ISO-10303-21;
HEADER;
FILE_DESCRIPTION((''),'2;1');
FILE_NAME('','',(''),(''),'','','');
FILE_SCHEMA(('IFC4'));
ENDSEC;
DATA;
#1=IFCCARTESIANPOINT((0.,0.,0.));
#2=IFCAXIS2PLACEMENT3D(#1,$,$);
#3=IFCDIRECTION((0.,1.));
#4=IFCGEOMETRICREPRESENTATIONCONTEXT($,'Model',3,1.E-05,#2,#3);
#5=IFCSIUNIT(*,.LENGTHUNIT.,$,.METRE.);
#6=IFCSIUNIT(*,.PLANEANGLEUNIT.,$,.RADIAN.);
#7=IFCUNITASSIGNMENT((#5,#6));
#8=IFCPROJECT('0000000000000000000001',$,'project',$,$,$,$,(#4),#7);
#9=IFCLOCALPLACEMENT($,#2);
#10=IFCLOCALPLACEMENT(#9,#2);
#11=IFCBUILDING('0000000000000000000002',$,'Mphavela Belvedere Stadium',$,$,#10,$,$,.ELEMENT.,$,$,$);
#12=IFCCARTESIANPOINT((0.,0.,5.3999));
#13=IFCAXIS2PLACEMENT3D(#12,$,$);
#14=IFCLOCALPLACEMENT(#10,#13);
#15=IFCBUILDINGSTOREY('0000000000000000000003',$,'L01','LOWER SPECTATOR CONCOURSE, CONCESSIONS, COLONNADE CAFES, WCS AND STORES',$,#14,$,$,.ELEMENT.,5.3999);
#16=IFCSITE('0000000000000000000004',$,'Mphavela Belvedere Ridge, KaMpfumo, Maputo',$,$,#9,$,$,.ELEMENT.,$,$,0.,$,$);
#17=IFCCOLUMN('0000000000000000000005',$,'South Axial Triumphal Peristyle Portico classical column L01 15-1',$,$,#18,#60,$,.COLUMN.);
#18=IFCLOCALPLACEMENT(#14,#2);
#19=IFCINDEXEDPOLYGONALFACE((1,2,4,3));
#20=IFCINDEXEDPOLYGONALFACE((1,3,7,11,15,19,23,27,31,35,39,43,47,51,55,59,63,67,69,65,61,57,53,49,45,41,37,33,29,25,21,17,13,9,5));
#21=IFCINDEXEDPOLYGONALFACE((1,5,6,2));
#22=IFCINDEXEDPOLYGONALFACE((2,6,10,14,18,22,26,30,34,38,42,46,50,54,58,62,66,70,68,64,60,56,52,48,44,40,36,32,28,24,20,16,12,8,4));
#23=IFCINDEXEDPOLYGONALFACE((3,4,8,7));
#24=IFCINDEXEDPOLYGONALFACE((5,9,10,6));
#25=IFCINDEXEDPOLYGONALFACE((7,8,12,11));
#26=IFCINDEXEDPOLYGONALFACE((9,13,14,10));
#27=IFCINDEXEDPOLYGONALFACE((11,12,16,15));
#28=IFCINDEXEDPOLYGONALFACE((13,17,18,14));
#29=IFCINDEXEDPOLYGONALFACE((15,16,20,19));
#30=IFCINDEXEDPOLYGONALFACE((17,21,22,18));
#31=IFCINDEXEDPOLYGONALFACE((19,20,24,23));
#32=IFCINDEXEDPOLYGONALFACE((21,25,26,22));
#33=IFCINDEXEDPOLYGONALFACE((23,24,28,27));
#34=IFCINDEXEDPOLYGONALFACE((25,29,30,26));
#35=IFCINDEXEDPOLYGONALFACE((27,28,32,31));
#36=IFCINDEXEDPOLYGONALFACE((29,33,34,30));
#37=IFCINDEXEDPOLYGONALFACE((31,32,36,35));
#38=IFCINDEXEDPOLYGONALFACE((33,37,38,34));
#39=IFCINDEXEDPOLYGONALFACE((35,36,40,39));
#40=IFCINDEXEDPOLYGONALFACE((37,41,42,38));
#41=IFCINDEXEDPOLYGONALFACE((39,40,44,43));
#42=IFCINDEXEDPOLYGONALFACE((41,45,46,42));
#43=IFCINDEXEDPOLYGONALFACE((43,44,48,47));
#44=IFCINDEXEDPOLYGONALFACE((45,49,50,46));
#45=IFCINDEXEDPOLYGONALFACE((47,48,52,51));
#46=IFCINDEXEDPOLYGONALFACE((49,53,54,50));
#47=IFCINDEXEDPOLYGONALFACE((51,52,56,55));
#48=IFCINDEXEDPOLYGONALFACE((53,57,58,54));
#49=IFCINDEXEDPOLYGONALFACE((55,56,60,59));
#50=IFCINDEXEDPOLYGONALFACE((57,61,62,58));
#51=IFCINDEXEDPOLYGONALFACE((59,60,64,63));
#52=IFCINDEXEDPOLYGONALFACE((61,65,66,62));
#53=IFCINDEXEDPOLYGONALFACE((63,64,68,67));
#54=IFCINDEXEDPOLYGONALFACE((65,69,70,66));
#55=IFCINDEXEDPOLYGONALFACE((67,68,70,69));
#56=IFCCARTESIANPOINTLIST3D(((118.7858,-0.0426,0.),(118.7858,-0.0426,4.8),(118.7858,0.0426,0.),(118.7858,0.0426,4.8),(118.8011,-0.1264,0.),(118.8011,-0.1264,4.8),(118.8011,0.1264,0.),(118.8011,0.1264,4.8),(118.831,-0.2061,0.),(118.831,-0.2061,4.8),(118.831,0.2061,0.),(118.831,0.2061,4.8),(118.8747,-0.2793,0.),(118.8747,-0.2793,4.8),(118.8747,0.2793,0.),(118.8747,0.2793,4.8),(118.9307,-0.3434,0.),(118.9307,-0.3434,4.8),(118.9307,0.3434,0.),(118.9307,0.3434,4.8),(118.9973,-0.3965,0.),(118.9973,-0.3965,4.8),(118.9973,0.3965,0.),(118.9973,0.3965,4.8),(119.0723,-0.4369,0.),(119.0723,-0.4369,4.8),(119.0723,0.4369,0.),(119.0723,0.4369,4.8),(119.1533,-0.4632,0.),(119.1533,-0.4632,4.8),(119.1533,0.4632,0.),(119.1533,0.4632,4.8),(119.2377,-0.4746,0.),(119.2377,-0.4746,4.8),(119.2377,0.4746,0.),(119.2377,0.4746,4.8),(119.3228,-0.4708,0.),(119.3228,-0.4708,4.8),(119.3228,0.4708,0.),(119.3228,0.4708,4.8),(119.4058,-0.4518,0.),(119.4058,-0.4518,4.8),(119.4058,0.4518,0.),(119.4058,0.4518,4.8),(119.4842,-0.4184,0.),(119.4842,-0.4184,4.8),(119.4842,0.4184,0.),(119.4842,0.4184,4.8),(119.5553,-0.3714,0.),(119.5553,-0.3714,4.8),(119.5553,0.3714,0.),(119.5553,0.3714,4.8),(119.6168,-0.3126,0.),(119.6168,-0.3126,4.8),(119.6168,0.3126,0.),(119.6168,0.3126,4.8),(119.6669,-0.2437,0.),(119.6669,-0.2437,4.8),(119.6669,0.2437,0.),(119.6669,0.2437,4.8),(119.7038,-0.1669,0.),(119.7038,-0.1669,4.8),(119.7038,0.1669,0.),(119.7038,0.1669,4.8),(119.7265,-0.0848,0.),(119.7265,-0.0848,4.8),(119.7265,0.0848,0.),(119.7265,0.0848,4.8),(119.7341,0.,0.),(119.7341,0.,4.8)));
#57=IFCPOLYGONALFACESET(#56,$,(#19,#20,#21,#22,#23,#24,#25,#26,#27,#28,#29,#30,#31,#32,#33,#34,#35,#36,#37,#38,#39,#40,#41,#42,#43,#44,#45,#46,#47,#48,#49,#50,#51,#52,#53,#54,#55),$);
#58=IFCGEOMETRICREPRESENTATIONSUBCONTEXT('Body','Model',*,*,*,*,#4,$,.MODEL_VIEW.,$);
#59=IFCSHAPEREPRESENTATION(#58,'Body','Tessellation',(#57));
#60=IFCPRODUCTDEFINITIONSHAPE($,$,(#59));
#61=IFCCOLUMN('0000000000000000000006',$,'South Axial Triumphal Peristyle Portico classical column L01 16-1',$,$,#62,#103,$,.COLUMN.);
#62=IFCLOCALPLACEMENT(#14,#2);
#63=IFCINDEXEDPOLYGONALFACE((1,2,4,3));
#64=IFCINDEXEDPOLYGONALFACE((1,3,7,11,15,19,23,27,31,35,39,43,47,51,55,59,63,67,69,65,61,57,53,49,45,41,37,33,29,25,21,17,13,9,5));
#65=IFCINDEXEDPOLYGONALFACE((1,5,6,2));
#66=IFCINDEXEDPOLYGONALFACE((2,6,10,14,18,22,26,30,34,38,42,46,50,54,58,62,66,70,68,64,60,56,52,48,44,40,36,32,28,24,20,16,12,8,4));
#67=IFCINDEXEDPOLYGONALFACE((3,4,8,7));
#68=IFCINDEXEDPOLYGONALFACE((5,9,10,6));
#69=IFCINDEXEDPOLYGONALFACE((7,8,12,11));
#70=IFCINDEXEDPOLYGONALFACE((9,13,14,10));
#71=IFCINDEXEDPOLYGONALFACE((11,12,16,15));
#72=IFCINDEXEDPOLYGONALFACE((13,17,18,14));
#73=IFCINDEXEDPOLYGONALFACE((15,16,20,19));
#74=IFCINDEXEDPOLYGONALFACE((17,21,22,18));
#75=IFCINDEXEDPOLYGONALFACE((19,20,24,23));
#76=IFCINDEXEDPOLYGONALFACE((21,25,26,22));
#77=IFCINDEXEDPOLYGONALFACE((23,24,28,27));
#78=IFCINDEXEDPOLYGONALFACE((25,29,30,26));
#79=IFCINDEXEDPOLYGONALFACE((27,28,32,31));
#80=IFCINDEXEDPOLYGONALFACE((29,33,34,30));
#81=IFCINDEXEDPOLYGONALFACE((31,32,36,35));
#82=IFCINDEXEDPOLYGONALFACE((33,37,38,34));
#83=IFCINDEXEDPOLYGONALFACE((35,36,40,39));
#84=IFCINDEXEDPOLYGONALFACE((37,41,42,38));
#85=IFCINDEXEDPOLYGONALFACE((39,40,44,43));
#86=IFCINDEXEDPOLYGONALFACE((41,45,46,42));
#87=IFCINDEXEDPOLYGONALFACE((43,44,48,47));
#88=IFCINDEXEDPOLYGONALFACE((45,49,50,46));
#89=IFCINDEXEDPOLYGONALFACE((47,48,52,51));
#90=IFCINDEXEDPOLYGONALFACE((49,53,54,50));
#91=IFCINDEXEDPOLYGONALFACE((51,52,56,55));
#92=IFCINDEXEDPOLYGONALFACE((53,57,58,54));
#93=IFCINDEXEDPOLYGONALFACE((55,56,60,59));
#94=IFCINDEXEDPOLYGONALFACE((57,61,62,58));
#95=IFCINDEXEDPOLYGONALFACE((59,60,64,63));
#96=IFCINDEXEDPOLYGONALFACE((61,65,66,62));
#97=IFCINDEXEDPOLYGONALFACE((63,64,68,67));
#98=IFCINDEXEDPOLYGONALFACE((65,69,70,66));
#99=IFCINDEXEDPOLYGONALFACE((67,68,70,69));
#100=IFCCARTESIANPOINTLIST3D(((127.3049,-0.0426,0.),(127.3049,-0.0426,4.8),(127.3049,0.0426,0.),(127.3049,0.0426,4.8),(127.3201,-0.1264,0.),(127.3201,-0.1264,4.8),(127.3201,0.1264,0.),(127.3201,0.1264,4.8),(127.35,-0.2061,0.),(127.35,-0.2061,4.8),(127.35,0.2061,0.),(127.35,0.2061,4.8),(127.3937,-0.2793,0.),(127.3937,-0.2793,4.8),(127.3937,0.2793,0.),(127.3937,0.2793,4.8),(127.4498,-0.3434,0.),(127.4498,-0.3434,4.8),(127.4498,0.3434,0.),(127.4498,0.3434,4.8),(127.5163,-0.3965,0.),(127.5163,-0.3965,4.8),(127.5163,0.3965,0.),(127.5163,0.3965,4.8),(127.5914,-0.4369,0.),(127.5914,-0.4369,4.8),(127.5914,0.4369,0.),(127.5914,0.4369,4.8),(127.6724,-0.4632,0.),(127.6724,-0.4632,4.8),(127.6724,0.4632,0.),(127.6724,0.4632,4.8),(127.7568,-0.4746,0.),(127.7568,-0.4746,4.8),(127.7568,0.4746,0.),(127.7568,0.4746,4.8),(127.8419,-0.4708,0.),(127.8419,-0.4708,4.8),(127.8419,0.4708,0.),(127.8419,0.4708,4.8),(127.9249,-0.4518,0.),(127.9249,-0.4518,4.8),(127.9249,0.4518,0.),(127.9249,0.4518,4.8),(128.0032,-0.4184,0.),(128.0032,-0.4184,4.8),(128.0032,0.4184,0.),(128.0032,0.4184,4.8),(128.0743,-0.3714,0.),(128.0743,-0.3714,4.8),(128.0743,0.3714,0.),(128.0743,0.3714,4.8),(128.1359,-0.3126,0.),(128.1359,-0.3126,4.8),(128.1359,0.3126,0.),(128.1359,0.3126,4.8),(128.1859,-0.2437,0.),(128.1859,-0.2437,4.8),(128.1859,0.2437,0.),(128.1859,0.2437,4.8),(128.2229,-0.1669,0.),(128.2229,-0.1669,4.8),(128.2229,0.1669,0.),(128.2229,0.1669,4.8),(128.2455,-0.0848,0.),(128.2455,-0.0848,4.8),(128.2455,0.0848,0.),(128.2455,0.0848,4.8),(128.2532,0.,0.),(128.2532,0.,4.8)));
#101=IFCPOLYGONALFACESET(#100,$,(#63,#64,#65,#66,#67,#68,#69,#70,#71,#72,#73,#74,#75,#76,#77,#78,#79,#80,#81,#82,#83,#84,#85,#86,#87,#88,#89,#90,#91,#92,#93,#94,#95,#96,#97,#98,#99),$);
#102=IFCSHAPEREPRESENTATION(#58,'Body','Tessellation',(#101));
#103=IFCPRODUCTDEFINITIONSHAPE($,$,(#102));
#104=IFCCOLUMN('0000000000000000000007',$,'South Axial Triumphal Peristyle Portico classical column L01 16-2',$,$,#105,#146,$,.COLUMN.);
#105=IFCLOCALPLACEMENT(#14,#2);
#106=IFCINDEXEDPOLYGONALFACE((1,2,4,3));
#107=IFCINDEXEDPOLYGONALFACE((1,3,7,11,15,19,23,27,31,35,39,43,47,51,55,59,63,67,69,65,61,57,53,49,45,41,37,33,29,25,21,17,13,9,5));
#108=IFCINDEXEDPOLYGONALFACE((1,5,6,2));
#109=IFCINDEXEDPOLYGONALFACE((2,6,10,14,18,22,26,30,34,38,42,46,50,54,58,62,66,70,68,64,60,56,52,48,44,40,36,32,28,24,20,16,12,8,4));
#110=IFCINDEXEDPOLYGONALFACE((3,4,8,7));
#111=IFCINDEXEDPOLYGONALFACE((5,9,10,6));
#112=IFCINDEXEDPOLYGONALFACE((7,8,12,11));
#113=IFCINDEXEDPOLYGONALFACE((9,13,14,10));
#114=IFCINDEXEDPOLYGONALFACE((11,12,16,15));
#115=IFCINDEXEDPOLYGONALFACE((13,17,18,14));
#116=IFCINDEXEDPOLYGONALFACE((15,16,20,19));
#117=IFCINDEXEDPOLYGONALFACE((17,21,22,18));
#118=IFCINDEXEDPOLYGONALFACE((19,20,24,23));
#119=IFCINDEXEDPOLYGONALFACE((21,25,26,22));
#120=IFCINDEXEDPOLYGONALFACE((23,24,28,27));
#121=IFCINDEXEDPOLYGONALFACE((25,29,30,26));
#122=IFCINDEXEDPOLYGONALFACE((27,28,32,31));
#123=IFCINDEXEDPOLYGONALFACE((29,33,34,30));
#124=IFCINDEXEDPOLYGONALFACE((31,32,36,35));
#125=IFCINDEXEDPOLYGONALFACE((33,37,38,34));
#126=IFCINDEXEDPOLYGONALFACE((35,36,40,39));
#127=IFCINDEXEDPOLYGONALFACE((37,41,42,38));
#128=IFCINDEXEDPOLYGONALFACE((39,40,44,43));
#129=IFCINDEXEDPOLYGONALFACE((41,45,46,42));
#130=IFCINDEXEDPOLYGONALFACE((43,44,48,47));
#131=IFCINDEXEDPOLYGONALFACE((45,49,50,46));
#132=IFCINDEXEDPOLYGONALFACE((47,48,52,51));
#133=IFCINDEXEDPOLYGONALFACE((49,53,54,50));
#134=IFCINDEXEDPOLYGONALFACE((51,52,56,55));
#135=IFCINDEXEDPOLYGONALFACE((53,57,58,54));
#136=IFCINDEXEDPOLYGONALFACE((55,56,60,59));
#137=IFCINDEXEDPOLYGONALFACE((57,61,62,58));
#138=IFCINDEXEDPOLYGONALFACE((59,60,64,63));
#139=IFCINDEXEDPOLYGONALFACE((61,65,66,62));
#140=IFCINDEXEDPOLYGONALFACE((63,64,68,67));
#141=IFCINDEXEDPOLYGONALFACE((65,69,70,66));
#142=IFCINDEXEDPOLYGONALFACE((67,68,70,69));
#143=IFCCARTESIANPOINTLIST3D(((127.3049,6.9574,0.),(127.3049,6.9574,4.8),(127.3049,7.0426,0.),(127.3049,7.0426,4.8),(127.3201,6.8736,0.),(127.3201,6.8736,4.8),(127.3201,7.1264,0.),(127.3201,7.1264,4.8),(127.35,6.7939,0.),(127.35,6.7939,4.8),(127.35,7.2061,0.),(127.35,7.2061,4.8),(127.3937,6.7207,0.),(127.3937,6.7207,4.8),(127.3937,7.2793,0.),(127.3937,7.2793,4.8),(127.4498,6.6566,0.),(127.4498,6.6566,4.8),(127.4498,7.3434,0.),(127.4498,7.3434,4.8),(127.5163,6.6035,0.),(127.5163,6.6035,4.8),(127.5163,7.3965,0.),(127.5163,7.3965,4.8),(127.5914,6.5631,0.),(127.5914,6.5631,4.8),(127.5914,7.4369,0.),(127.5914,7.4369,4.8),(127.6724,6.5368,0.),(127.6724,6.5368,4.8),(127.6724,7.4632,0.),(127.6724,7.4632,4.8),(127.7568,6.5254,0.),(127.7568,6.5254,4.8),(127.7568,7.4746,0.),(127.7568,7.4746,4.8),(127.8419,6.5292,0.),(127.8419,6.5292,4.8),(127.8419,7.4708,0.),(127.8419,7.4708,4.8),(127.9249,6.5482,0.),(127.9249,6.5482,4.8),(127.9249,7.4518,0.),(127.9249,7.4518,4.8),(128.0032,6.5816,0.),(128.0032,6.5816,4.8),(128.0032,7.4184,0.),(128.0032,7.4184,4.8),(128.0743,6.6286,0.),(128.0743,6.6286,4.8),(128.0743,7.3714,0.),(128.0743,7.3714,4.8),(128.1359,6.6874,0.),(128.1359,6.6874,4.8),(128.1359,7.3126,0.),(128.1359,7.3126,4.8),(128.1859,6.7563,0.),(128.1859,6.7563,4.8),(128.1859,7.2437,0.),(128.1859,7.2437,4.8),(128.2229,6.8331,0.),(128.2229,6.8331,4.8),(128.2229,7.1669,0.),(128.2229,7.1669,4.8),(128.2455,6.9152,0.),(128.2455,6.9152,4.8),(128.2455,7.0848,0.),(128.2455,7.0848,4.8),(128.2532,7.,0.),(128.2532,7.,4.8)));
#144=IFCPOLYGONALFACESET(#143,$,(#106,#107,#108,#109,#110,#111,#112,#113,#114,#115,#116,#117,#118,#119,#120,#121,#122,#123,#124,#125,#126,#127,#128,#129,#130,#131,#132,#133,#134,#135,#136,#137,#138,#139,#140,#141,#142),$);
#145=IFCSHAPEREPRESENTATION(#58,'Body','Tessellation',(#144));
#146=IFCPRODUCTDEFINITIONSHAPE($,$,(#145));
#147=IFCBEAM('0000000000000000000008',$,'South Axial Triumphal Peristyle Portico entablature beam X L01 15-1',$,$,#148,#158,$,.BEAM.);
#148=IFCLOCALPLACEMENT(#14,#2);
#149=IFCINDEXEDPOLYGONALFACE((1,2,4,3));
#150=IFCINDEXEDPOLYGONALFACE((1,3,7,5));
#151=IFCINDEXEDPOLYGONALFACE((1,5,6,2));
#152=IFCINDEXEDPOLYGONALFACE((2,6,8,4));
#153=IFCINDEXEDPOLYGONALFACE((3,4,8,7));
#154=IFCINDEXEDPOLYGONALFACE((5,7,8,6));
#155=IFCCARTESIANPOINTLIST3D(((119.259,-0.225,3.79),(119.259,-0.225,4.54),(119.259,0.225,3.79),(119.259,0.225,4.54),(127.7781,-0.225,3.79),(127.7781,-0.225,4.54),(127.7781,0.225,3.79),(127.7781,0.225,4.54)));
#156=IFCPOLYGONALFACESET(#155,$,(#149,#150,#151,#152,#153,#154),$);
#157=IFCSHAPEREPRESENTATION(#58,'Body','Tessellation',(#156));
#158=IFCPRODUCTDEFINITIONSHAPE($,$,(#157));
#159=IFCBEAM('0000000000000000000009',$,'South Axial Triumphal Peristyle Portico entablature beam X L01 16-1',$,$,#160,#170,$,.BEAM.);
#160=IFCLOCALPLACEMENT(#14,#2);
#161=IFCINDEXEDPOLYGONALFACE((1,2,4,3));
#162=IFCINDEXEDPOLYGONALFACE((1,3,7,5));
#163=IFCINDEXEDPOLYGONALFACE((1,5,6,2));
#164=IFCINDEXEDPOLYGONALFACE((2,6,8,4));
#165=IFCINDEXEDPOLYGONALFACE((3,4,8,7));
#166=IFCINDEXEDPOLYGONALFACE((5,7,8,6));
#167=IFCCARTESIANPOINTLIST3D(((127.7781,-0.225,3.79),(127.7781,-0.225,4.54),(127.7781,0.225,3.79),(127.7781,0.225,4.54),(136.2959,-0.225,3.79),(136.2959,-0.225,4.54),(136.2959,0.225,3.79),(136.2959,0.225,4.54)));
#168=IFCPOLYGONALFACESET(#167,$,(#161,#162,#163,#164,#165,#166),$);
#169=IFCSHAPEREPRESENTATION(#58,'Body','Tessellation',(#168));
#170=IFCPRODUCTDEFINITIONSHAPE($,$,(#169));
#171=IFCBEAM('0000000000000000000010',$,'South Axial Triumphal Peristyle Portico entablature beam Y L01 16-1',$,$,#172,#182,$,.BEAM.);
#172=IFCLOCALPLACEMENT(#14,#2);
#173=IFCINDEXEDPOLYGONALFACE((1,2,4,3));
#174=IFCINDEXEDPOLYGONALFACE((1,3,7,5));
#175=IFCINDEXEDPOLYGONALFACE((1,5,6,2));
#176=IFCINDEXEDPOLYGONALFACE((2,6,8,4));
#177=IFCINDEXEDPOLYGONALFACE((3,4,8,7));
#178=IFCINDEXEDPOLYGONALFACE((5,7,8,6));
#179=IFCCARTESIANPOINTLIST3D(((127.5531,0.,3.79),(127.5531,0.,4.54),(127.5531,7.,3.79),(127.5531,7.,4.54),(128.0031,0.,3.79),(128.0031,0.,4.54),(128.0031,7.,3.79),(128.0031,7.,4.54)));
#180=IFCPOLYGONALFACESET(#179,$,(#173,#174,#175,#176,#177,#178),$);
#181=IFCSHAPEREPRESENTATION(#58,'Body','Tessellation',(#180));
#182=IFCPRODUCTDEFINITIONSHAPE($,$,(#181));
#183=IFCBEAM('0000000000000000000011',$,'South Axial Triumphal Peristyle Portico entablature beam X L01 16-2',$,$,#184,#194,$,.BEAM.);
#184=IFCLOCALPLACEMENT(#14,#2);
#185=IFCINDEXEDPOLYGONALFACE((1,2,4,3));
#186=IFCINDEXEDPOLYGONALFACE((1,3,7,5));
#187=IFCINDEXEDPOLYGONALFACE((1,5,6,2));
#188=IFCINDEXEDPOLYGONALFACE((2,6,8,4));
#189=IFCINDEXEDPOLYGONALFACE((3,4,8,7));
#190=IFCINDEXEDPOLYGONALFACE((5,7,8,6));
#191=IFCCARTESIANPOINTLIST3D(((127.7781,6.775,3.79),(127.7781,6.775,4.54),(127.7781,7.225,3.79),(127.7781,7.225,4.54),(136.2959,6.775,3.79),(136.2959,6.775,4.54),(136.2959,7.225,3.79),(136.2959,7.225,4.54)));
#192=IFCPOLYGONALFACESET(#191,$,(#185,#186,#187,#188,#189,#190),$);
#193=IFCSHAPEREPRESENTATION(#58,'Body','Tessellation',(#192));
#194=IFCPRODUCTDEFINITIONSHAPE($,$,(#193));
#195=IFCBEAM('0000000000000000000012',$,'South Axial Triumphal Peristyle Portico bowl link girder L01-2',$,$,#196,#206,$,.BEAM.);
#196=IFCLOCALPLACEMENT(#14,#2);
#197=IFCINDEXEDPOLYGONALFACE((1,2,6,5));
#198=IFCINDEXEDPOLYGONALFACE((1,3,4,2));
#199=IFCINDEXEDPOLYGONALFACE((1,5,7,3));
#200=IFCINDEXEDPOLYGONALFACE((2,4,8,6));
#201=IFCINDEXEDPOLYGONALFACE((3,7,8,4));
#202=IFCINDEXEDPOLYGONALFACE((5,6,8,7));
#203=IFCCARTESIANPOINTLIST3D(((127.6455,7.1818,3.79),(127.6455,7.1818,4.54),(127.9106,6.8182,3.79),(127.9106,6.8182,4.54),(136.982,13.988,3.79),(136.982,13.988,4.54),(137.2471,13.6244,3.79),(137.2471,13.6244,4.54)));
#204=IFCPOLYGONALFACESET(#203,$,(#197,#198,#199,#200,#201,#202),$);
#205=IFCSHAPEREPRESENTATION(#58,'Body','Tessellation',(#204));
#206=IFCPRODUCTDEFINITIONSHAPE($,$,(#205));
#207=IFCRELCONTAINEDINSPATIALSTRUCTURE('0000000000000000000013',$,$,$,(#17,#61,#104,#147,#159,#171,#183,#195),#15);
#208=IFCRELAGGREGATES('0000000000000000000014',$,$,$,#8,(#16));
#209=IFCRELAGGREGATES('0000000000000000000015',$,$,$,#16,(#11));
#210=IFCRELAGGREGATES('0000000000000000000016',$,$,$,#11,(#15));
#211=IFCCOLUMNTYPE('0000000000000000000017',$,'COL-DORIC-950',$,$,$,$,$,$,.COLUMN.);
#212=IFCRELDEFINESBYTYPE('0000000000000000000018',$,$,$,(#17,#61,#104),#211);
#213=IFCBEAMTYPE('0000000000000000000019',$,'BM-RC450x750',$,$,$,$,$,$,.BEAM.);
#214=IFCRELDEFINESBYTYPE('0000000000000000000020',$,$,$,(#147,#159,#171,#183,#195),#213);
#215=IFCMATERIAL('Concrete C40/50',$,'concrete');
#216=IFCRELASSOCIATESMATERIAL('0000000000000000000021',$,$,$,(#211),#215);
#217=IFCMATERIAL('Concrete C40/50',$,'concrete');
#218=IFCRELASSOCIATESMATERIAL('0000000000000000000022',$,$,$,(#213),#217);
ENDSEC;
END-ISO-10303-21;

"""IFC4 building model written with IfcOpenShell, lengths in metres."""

from ifc_helpers import new_model, si_unit, direction, frame, origin, origin_2d, place, context, subcontext, project, spatial, rectangle, circle, extrude, material, material_profile, profile_set, type_object, element, save


model = new_model("IFC4")

# Units and contexts
model_context = context("Model", 3, precision=1e-05, world=origin(), true_north=direction((0.0, 1.0)))
body_context = subcontext(model_context, "Body", "Model", "MODEL_VIEW")
ifc_project = project(units=[si_unit("LENGTHUNIT", "METRE"), si_unit("PLANEANGLEUNIT", "RADIAN")], contexts=[model_context])

# Site, building, storey
site_placement = place(None, origin())
site = spatial("IfcSite", under=ifc_project, at=site_placement, Name="Mphavela Belvedere Ridge, KaMpfumo, Maputo", CompositionType="ELEMENT", RefElevation=0.0)
building_placement = place(site_placement, origin())
building = spatial("IfcBuilding", under=site, at=building_placement, Name="Mphavela Belvedere Stadium", CompositionType="ELEMENT")
storey_placement = place(building_placement, frame((0.0, 0.0, 5.3999)))
storey = spatial("IfcBuildingStorey", under=building, at=storey_placement, Name="L01", Description="LOWER SPECTATOR CONCOURSE, CONCESSIONS, COLONNADE CAFES, WCS AND STORES", CompositionType="ELEMENT", Elevation=5.3999)

# Columns
ifc_material_1 = material(Name="Concrete C40/50", Category="concrete")
ifc_material_profile_1 = material_profile(ifc_material_1, circle(Radius=0.4751, at=origin_2d()), Name="COL D950")
ifc_profile_set_1 = profile_set([ifc_material_profile_1], Name="Concrete C40/50")
column_type = type_object("IfcColumnType", Name="COL-DORIC-950", PredefinedType="COLUMN", material=ifc_profile_set_1)
for number, where, z_axis, x_axis, name in (
    (1, (119.259, 0.0, 0.0), (0.0, 0.0, 1.0), (1.0, 0.0, 0.0), "South Axial Triumphal Peristyle Portico classical column L01 15-1"),
    (2, (127.7781, 0.0, 0.0), (0.0, 0.0, 1.0), (1.0, 0.0, 0.0), "South Axial Triumphal Peristyle Portico classical column L01 16-1"),
    (3, (127.7781, 7.0, 0.0), (0.0, 0.0, 1.0), (1.0, 0.0, 0.0), "South Axial Triumphal Peristyle Portico classical column L01 16-2"),
):
    element("IfcColumn", number, at=place(storey_placement, frame(where, z_axis=z_axis, x_axis=x_axis)), inside=storey, type_object=column_type, Name=name, PredefinedType="COLUMN", context=body_context, shape_type="SweptSolid", body=[
        extrude(circle(Radius=0.4751, at=origin_2d()), origin(), (0.0, 0.0, 1.0), 4.8),
    ])

# Beams
ifc_material_2 = material(Name="Concrete C40/50", Category="concrete")
ifc_material_profile_2 = material_profile(ifc_material_2, rectangle(XDim=0.45, YDim=0.75, at=origin_2d()), Name="RC 450x750")
ifc_profile_set_2 = profile_set([ifc_material_profile_2], Name="Concrete C40/50")
beam_type = type_object("IfcBeamType", Name="BM-RC450x750", PredefinedType="BEAM", material=ifc_profile_set_2)
beam_1_placement = place(storey_placement, frame((119.259, 0.0, 4.165), z_axis=(1.0, 0.0, 0.0), x_axis=(0.0, 1.0, 0.0)))
element("IfcBeam", 4, at=beam_1_placement, inside=storey, type_object=beam_type, Name="South Axial Triumphal Peristyle Portico entablature beam X L01 15-1", PredefinedType="BEAM", context=body_context, shape_type="SweptSolid", body=[
    extrude(rectangle(XDim=0.45, YDim=0.75, at=origin_2d()), origin(), (0.0, 0.0, 1.0), 8.519),
])
beam_2_placement = place(storey_placement, frame((127.7781, 0.0, 4.165), z_axis=(1.0, 0.0, 0.0), x_axis=(0.0, 1.0, 0.0)))
element("IfcBeam", 5, at=beam_2_placement, inside=storey, type_object=beam_type, Name="South Axial Triumphal Peristyle Portico entablature beam X L01 16-1", PredefinedType="BEAM", context=body_context, shape_type="SweptSolid", body=[
    extrude(rectangle(XDim=0.45, YDim=0.75, at=origin_2d()), origin(), (0.0, 0.0, 1.0), 8.5178),
])
beam_3_placement = place(storey_placement, frame((127.7781, 0.0, 4.165), z_axis=(0.0, 1.0, 0.0), x_axis=(-1.0, 0.0, 0.0)))
element("IfcBeam", 6, at=beam_3_placement, inside=storey, type_object=beam_type, Name="South Axial Triumphal Peristyle Portico entablature beam Y L01 16-1", PredefinedType="BEAM", context=body_context, shape_type="SweptSolid", body=[
    extrude(rectangle(XDim=0.45, YDim=0.75, at=origin_2d()), origin(), (0.0, 0.0, 1.0), 7.0),
])
beam_4_placement = place(storey_placement, frame((127.7781, 7.0, 4.165), z_axis=(1.0, 0.0, 0.0), x_axis=(0.0, 1.0, 0.0)))
element("IfcBeam", 7, at=beam_4_placement, inside=storey, type_object=beam_type, Name="South Axial Triumphal Peristyle Portico entablature beam X L01 16-2", PredefinedType="BEAM", context=body_context, shape_type="SweptSolid", body=[
    extrude(rectangle(XDim=0.45, YDim=0.75, at=origin_2d()), origin(), (0.0, 0.0, 1.0), 8.5178),
])
beam_5_placement = place(storey_placement, frame((127.7781, 7.0, 4.165), z_axis=(0.808076, 0.589078, 0.0), x_axis=(-0.589078, 0.808076, 0.0)))
element("IfcBeam", 8, at=beam_5_placement, inside=storey, type_object=beam_type, Name="South Axial Triumphal Peristyle Portico bowl link girder L01-2", PredefinedType="BEAM", context=body_context, shape_type="SweptSolid", body=[
    extrude(rectangle(XDim=0.45, YDim=0.75, at=origin_2d()), origin(), (0.0, 0.0, 1.0), 11.554),
])

save(model, "model.ifc")
